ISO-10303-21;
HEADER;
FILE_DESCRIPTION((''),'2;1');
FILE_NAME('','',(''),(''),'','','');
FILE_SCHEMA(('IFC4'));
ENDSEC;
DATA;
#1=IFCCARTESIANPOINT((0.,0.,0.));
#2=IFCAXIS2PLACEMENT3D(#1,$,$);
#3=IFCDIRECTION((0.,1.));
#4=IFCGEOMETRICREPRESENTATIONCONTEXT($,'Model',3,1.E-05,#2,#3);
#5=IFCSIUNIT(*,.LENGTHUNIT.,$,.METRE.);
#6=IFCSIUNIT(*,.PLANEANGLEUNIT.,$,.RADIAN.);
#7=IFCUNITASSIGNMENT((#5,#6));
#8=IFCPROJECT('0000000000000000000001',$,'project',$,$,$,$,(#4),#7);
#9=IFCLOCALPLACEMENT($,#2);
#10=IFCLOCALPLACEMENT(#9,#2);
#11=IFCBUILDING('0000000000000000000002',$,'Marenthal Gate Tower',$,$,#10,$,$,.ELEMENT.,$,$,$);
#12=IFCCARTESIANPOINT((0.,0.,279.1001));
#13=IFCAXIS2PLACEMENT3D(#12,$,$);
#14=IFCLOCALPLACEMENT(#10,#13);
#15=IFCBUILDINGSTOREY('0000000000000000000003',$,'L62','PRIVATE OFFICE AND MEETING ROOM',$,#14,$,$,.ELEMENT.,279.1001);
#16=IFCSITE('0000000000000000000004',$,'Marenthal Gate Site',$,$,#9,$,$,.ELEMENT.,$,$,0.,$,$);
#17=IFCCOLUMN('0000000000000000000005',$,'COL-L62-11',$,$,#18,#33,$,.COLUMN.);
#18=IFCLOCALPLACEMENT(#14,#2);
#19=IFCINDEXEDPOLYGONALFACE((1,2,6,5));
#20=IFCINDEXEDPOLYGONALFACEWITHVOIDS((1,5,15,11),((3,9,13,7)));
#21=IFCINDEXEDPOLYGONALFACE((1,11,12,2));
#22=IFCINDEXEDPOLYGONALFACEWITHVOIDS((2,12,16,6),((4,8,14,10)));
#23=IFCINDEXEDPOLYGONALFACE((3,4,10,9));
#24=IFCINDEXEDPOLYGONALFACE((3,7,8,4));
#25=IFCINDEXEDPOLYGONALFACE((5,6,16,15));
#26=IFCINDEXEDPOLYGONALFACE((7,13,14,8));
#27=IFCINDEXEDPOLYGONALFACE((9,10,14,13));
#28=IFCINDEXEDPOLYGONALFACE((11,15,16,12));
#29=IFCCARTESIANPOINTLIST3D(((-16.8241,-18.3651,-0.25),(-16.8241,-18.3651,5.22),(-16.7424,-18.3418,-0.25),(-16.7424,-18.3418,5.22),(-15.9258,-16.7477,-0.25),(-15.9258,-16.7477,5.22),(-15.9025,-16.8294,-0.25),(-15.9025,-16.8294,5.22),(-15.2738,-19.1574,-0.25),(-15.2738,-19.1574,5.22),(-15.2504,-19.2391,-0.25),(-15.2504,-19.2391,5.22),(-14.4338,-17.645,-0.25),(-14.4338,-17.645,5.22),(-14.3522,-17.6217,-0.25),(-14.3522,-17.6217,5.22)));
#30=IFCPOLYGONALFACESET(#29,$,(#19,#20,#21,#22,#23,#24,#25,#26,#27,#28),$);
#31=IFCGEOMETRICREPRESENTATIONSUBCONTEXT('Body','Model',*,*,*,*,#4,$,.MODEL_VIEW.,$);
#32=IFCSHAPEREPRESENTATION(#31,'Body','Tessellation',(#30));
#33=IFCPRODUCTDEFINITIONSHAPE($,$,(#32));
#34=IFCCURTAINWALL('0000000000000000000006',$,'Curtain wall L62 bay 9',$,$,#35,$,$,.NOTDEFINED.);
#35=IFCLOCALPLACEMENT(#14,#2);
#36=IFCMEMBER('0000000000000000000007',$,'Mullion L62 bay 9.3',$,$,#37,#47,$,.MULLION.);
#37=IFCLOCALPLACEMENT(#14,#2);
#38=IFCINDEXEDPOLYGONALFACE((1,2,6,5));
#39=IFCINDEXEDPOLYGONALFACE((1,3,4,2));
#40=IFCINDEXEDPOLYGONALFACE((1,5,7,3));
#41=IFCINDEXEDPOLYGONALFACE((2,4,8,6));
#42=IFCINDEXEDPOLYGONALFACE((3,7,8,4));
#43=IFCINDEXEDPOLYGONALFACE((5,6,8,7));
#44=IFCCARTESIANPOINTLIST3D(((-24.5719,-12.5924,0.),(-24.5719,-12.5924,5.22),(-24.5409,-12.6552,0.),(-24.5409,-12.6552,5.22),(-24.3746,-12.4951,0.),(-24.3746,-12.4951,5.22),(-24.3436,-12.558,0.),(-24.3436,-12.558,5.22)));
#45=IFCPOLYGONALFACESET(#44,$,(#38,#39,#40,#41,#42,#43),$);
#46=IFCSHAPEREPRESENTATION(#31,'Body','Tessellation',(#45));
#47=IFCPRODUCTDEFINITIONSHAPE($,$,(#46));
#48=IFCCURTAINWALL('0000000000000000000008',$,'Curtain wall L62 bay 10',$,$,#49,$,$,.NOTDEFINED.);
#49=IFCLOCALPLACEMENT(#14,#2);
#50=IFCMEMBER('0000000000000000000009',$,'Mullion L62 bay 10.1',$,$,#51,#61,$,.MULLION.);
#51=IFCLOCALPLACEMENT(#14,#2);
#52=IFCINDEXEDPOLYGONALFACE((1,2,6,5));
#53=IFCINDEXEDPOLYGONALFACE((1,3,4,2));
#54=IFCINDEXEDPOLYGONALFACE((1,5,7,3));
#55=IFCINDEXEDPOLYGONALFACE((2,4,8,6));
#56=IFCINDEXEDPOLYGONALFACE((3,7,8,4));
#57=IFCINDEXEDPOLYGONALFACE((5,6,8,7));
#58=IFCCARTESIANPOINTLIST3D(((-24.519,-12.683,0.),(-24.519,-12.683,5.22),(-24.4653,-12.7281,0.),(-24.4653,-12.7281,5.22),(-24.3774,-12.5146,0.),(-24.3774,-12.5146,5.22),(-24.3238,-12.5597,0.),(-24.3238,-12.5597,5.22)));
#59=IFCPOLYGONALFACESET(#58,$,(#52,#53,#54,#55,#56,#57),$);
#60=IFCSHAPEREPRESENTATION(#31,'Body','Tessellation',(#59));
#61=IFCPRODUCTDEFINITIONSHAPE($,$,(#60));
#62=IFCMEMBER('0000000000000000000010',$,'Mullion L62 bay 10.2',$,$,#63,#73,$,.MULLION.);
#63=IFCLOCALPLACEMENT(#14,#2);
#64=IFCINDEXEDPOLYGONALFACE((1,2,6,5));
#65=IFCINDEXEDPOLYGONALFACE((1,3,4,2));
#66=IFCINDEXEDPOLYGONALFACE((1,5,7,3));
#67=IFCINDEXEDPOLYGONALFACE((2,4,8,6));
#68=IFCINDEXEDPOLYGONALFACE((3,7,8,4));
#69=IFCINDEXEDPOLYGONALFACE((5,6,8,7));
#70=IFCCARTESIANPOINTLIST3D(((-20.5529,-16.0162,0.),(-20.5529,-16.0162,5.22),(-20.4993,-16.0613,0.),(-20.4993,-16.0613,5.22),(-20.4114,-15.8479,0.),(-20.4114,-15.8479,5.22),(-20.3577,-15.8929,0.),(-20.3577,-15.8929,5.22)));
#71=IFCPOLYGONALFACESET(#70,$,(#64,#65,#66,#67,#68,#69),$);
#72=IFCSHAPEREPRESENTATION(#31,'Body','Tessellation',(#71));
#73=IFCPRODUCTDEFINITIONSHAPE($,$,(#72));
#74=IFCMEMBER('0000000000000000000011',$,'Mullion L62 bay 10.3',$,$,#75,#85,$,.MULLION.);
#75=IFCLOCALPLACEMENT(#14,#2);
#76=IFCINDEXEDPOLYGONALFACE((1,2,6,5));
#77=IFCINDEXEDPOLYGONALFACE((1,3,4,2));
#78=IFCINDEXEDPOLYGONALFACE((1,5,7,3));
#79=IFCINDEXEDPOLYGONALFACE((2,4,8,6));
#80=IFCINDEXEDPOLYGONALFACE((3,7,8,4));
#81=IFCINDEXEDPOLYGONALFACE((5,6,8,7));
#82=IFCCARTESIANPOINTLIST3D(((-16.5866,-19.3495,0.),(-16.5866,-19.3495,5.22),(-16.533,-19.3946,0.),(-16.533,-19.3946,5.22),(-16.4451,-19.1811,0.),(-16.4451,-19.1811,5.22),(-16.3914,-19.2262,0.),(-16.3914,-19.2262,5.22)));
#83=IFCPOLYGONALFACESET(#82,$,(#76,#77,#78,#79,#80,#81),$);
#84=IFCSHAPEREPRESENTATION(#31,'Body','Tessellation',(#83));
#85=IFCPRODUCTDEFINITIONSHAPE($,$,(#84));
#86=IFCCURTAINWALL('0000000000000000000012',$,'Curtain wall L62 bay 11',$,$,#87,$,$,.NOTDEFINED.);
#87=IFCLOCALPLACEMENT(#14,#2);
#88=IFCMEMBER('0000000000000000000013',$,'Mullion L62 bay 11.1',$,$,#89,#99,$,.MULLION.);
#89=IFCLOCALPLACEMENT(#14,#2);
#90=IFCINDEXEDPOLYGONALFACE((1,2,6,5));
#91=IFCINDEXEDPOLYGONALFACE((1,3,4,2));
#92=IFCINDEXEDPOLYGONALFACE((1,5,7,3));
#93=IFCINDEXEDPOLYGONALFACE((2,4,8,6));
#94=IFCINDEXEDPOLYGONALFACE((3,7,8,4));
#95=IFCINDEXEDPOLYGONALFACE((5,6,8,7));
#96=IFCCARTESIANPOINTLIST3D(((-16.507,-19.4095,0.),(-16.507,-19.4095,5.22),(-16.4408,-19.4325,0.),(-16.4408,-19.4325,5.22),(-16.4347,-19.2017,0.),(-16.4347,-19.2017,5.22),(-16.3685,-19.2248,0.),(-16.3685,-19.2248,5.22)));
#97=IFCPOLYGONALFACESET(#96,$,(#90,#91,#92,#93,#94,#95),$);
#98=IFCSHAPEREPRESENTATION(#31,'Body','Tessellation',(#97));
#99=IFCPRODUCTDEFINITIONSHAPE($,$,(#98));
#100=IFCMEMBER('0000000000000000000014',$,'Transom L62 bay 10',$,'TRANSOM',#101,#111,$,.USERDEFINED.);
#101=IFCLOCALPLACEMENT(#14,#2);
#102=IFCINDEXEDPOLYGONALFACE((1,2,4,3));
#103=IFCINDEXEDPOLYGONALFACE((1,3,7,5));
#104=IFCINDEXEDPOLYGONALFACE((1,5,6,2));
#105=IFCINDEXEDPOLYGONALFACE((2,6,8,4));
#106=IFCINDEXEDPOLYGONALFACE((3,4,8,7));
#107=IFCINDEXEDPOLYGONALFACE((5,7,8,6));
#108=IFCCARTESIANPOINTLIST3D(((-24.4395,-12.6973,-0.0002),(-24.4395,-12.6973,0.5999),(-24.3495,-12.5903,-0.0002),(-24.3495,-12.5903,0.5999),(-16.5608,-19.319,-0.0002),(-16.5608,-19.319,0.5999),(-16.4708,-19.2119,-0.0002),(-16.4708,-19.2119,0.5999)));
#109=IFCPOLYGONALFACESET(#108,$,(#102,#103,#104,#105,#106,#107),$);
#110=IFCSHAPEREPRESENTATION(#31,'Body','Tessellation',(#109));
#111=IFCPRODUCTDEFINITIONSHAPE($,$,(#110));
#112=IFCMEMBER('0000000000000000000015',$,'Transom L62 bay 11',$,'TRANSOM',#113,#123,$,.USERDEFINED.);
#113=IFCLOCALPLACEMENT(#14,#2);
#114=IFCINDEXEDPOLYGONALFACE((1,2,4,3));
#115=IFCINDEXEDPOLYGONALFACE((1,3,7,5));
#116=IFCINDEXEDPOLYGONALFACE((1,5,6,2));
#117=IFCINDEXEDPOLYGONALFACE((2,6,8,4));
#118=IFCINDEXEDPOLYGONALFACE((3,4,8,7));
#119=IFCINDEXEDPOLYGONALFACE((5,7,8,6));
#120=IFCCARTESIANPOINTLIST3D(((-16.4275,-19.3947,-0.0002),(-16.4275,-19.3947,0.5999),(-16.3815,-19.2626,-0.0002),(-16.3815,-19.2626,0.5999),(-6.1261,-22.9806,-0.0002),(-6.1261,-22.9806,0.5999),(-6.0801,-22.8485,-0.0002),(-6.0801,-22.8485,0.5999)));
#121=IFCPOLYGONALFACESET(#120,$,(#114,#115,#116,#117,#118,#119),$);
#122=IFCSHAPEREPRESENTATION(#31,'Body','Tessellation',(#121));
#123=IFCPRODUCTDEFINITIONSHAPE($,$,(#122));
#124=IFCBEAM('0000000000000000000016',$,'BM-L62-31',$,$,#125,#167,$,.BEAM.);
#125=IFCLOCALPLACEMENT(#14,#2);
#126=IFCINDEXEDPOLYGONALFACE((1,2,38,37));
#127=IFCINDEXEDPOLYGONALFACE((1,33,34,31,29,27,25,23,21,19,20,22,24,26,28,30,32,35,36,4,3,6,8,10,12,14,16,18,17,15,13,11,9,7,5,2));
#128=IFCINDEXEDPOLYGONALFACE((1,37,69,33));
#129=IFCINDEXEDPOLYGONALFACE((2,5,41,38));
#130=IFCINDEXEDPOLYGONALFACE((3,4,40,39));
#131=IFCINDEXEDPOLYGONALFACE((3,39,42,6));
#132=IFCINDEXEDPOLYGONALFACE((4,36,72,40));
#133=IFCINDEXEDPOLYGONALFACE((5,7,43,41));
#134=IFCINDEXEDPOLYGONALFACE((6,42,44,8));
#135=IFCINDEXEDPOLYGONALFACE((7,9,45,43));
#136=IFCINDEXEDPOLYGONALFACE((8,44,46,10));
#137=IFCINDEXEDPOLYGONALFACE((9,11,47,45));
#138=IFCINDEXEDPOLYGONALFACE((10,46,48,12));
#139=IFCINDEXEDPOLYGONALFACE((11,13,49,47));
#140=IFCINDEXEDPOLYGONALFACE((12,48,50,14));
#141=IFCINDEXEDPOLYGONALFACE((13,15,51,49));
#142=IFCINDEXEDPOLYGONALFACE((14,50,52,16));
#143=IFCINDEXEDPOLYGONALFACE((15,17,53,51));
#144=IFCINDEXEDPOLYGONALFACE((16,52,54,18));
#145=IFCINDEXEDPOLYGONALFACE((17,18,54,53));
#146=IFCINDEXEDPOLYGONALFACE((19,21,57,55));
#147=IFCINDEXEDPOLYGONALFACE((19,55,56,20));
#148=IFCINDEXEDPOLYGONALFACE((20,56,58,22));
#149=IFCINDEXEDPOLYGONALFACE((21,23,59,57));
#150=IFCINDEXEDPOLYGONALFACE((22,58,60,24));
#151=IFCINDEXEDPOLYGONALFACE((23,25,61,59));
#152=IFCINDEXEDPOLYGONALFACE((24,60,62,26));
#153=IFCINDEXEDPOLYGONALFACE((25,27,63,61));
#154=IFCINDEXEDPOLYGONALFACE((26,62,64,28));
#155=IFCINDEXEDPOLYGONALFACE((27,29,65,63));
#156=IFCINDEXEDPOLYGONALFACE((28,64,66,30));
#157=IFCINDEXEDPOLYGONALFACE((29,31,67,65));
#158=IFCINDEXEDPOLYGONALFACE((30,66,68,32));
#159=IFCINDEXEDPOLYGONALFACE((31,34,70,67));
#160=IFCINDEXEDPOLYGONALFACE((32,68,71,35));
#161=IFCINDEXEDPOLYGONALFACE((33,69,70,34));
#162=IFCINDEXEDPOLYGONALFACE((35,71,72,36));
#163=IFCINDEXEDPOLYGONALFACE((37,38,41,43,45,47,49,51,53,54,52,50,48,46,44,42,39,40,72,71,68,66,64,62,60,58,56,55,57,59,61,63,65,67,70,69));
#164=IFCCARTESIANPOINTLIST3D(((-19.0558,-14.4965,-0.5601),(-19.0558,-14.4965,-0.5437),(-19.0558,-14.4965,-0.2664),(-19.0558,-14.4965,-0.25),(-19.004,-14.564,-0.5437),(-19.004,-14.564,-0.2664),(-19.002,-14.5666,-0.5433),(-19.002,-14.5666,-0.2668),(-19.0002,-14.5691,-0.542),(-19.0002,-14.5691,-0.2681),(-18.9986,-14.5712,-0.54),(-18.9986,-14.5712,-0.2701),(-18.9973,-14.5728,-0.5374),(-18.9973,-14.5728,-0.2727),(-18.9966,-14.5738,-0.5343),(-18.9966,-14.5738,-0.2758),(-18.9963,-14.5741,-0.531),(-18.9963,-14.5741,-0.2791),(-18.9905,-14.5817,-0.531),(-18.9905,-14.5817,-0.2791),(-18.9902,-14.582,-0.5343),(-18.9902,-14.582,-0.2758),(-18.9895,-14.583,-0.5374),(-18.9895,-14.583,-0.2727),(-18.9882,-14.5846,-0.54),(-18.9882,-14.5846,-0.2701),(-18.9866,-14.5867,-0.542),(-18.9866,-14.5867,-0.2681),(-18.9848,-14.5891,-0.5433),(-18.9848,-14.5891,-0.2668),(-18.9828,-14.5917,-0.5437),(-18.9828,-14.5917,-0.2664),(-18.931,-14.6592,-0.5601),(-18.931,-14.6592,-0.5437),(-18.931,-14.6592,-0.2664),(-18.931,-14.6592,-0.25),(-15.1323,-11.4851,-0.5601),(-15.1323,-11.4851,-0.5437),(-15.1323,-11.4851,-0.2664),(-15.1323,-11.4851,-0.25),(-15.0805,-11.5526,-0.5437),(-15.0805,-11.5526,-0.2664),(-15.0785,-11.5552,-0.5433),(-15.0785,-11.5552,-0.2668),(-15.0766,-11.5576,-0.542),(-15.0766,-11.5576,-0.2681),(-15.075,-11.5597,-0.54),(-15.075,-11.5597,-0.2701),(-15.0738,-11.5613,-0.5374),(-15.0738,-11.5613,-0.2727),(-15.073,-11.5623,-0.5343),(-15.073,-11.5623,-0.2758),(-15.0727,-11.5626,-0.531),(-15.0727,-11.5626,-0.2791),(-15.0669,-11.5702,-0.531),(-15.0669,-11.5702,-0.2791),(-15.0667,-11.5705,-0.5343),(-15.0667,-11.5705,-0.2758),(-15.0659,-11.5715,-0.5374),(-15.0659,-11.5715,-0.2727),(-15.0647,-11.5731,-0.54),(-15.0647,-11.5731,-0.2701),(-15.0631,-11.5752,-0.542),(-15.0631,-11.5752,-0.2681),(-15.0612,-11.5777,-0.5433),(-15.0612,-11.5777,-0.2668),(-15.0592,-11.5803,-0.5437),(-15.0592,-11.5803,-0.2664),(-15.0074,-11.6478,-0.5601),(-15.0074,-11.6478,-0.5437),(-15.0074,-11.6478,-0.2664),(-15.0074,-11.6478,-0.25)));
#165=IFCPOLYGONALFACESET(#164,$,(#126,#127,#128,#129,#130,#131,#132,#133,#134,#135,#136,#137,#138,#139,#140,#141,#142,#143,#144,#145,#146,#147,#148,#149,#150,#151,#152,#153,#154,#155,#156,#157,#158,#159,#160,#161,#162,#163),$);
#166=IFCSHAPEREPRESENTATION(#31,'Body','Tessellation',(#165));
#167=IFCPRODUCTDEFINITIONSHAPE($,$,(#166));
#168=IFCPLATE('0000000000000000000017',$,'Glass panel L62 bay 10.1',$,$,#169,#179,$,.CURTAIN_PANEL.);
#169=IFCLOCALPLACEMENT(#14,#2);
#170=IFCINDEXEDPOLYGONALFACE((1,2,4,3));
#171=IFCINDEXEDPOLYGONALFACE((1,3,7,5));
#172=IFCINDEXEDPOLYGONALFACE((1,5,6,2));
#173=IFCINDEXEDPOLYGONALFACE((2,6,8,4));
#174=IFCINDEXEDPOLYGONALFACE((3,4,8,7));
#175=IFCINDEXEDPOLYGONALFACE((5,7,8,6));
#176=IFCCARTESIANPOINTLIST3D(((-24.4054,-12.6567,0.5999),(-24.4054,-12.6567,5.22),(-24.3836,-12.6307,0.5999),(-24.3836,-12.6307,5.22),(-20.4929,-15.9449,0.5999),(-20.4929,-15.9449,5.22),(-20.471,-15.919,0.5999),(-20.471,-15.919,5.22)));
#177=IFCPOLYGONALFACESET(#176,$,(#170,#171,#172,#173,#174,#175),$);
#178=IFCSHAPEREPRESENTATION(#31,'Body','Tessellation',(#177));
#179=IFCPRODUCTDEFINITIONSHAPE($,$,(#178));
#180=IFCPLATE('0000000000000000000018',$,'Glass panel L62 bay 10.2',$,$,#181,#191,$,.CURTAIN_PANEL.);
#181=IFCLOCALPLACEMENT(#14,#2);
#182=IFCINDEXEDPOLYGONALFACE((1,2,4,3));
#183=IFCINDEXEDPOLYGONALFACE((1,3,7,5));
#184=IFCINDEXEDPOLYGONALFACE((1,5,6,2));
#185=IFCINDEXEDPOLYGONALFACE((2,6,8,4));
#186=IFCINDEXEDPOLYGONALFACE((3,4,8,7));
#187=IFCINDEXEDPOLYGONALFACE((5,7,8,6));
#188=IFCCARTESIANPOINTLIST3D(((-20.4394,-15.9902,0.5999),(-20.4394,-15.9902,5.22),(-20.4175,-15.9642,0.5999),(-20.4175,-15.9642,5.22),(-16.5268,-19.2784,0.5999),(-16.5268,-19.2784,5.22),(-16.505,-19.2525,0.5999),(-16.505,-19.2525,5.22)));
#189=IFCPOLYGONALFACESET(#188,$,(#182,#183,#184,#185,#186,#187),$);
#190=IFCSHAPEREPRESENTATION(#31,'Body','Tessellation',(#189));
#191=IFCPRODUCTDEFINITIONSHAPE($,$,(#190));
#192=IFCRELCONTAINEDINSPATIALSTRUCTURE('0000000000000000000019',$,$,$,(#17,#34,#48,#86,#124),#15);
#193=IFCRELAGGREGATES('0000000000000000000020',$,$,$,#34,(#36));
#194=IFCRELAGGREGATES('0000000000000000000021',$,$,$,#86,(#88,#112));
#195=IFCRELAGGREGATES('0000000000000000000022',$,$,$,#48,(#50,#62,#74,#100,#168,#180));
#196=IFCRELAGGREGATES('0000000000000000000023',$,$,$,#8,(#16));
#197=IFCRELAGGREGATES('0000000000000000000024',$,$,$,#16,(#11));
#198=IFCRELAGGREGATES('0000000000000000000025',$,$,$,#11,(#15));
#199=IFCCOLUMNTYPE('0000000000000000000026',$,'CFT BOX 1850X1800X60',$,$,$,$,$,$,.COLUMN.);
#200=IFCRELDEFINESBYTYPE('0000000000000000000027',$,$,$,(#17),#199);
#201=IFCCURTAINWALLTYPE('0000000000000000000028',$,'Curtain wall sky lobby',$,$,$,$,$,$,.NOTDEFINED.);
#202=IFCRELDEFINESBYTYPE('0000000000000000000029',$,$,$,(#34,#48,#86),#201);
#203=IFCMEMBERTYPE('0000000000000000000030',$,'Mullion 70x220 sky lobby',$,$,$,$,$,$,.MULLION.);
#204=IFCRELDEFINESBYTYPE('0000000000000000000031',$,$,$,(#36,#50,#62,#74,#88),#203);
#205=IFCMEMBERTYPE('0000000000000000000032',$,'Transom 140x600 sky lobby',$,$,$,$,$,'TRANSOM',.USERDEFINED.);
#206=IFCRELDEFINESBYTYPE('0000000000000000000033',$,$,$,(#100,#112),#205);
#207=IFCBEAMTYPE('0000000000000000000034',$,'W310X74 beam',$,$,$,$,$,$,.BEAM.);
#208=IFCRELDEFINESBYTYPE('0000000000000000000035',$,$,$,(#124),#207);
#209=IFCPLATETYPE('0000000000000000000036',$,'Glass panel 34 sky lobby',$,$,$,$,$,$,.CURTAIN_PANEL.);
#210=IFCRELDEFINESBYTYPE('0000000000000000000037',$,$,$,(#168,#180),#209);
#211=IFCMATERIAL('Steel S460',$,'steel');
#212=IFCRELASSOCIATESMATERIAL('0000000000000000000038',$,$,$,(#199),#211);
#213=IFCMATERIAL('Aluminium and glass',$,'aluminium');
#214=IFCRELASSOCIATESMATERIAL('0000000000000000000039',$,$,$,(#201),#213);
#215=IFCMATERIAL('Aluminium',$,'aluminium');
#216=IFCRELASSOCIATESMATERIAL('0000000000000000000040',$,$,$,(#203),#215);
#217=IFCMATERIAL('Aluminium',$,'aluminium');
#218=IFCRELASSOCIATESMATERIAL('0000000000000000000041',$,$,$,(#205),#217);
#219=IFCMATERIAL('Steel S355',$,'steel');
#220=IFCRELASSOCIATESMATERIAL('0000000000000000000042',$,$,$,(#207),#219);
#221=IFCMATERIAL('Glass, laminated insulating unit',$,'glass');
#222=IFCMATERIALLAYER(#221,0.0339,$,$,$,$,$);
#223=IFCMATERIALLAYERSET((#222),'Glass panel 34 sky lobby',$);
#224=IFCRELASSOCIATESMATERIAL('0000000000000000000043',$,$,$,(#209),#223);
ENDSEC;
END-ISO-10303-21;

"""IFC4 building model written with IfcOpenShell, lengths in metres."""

from ifc_helpers import new_model, si_unit, direction, frame, origin, origin_2d, place, context, subcontext, project, spatial, rectangle, hollow_rectangle, i_section, extrude, material, layer, layer_set, material_profile, profile_set, type_object, element, aggregate, save


model = new_model("IFC4")

# Units and contexts
model_context = context("Model", 3, precision=1e-05, world=origin(), true_north=direction((0.0, 1.0)))
body_context = subcontext(model_context, "Body", "Model", "MODEL_VIEW")
ifc_project = project(units=[si_unit("LENGTHUNIT", "METRE"), si_unit("PLANEANGLEUNIT", "RADIAN")], contexts=[model_context])

# Site, building, storey
site_placement = place(None, origin())
site = spatial("IfcSite", under=ifc_project, at=site_placement, Name="Marenthal Gate Site", CompositionType="ELEMENT", RefElevation=0.0)
building_placement = place(site_placement, origin())
building = spatial("IfcBuilding", under=site, at=building_placement, Name="Marenthal Gate Tower", CompositionType="ELEMENT")
storey_placement = place(building_placement, frame((0.0, 0.0, 279.1001)))
storey = spatial("IfcBuildingStorey", under=building, at=storey_placement, Name="L62", Description="PRIVATE OFFICE AND MEETING ROOM", CompositionType="ELEMENT", Elevation=279.1001)

# Column
ifc_material_1 = material(Name="Steel S460", Category="steel")
ifc_material_profile_1 = material_profile(ifc_material_1, hollow_rectangle(XDim=1.8, YDim=1.8501, WallThickness=0.0601, at=origin_2d()), Name="CFT BOX 1850X1800X60")
ifc_material_2 = material(Name="Concrete 70 MPa", Category="concrete")
ifc_material_profile_2 = material_profile(ifc_material_2, rectangle(XDim=1.6799, YDim=1.73, at=origin_2d()), Name="CFT BOX 1850X1800X60 INFILL")
ifc_profile_set_1 = profile_set([ifc_material_profile_1, ifc_material_profile_2], Name="Steel S460 shell, Concrete 70 MPa infill")
column_type = type_object("IfcColumnType", Name="CFT BOX 1850X1800X60", PredefinedType="COLUMN", material=ifc_profile_set_1)
column_placement = place(storey_placement, frame((-15.5881, -17.9934, -0.25), z_axis=(0.0, 0.0, 1.0), x_axis=(-0.874222, 0.485527, 0.0)))
element("IfcColumn", 1, at=column_placement, inside=storey, type_object=column_type, Name="COL-L62-11", PredefinedType="COLUMN", context=body_context, shape_type="SweptSolid", body=[
    extrude(hollow_rectangle(XDim=1.8, YDim=1.8501, WallThickness=0.0601, at=origin_2d()), origin(), (0.0, 0.0, 1.0), 5.47),
])

# Curtain wall, member
ifc_material_3 = material(Name="Aluminium and glass", Category="aluminium")
curtain_wall_type = type_object("IfcCurtainWallType", Name="Curtain wall sky lobby", PredefinedType="NOTDEFINED", material=ifc_material_3)
curtain_wall_1_placement = place(storey_placement, origin())
curtain_wall_1 = element("IfcCurtainWall", 2, at=curtain_wall_1_placement, inside=storey, type_object=curtain_wall_type, Name="Curtain wall L62 bay 9", PredefinedType="NOTDEFINED")
ifc_material_4 = material(Name="Aluminium", Category="aluminium")
ifc_material_profile_3 = material_profile(ifc_material_4, rectangle(XDim=0.22, YDim=0.0701, at=origin_2d()), Name="70x220 aluminium mullion")
ifc_profile_set_2 = profile_set([ifc_material_profile_3], Name="Aluminium")
member_type_1 = type_object("IfcMemberType", Name="Mullion 70x220 sky lobby", PredefinedType="MULLION", material=ifc_profile_set_2)
member_1_placement = place(storey_placement, frame((-24.4578, -12.5752, 0.0), z_axis=(0.0, 0.0, 1.0), x_axis=(0.89697, 0.442091, 0.0)))
member_1 = element("IfcMember", 3, at=member_1_placement, type_object=member_type_1, Name="Mullion L62 bay 9.3", PredefinedType="MULLION", context=body_context, shape_type="SweptSolid", body=[
    extrude(rectangle(XDim=0.22, YDim=0.0701, at=origin_2d()), origin(), (0.0, 0.0, 1.0), 5.22),
])
aggregate(curtain_wall_1, [member_1])

# Curtain wall, members
curtain_wall_2_placement = place(storey_placement, origin())
curtain_wall_2 = element("IfcCurtainWall", 4, at=curtain_wall_2_placement, inside=storey, type_object=curtain_wall_type, Name="Curtain wall L62 bay 10", PredefinedType="NOTDEFINED")
member_2_placement = place(storey_placement, frame((-24.4214, -12.6213, 0.0), z_axis=(0.0, 0.0, 1.0), x_axis=(0.64338, 0.765547, 0.0)))
member_2 = element("IfcMember", 5, at=member_2_placement, type_object=member_type_1, Name="Mullion L62 bay 10.1", PredefinedType="MULLION", context=body_context, shape_type="SweptSolid", body=[
    extrude(rectangle(XDim=0.22, YDim=0.0701, at=origin_2d()), origin(), (0.0, 0.0, 1.0), 5.22),
])
member_3_placement = place(storey_placement, frame((-20.4553, -15.9546, 0.0), z_axis=(0.0, 0.0, 1.0), x_axis=(0.64338, 0.765547, 0.0)))
member_3 = element("IfcMember", 6, at=member_3_placement, type_object=member_type_1, Name="Mullion L62 bay 10.2", PredefinedType="MULLION", context=body_context, shape_type="SweptSolid", body=[
    extrude(rectangle(XDim=0.22, YDim=0.0701, at=origin_2d()), origin(), (0.0, 0.0, 1.0), 5.22),
])
member_4_placement = place(storey_placement, frame((-16.489, -19.2878, 0.0), z_axis=(0.0, 0.0, 1.0), x_axis=(0.64338, 0.765547, 0.0)))
member_4 = element("IfcMember", 7, at=member_4_placement, type_object=member_type_1, Name="Mullion L62 bay 10.3", PredefinedType="MULLION", context=body_context, shape_type="SweptSolid", body=[
    extrude(rectangle(XDim=0.22, YDim=0.0701, at=origin_2d()), origin(), (0.0, 0.0, 1.0), 5.22),
])

# Curtain wall, member
curtain_wall_3_placement = place(storey_placement, origin())
curtain_wall_3 = element("IfcCurtainWall", 8, at=curtain_wall_3_placement, inside=storey, type_object=curtain_wall_type, Name="Curtain wall L62 bay 11", PredefinedType="NOTDEFINED")
member_5_placement = place(storey_placement, frame((-16.4377, -19.3171, 0.0), z_axis=(0.0, 0.0, 1.0), x_axis=(0.328757, 0.944415, 0.0)))
member_5 = element("IfcMember", 9, at=member_5_placement, type_object=member_type_1, Name="Mullion L62 bay 11.1", PredefinedType="MULLION", context=body_context, shape_type="SweptSolid", body=[
    extrude(rectangle(XDim=0.22, YDim=0.0701, at=origin_2d()), origin(), (0.0, 0.0, 1.0), 5.22),
])

# Members
ifc_material_5 = material(Name="Aluminium", Category="aluminium")
ifc_material_profile_4 = material_profile(ifc_material_5, rectangle(XDim=0.1399, YDim=0.6001, at=origin_2d()), Name="140x600 aluminium transom")
ifc_profile_set_3 = profile_set([ifc_material_profile_4], Name="Aluminium")
member_type_2 = type_object("IfcMemberType", Name="Transom 140x600 sky lobby", ElementType="TRANSOM", PredefinedType="USERDEFINED", material=ifc_profile_set_3)
member_6_placement = place(storey_placement, frame((-24.3945, -12.6438, 0.2998), z_axis=(0.765537, -0.643392, 0.0), x_axis=(0.643392, 0.765537, 0.0)))
member_6 = element("IfcMember", 10, at=member_6_placement, type_object=member_type_2, Name="Transom L62 bay 10", ObjectType="TRANSOM", PredefinedType="USERDEFINED", context=body_context, shape_type="SweptSolid", body=[
    extrude(rectangle(XDim=0.1399, YDim=0.6001, at=origin_2d()), origin(), (0.0, 0.0, 1.0), 10.2917),
])
member_7_placement = place(storey_placement, frame((-16.4045, -19.3286, 0.2998), z_axis=(0.944417, -0.32875, 0.0), x_axis=(0.32875, 0.944417, 0.0)))
member_7 = element("IfcMember", 11, at=member_7_placement, type_object=member_type_2, Name="Transom L62 bay 11", ObjectType="TRANSOM", PredefinedType="USERDEFINED", context=body_context, shape_type="SweptSolid", body=[
    extrude(rectangle(XDim=0.1399, YDim=0.6001, at=origin_2d()), origin(), (0.0, 0.0, 1.0), 10.9077),
])
aggregate(curtain_wall_3, [member_5, member_7])

# Beam
ifc_material_6 = material(Name="Steel S355", Category="steel")
ifc_material_profile_5 = material_profile(ifc_material_6, i_section(OverallWidth=0.2051, OverallDepth=0.3101, WebThickness=0.0095, FlangeThickness=0.0164, FilletRadius=0.0127, at=origin_2d()), Name="W310X74")
ifc_profile_set_4 = profile_set([ifc_material_profile_5], Name="Steel S355")
beam_type = type_object("IfcBeamType", Name="W310X74 beam", PredefinedType="BEAM", material=ifc_profile_set_4)
beam_placement = place(storey_placement, frame((-18.9934, -14.5779, -0.405), z_axis=(0.793275, 0.608864, 0.0), x_axis=(-0.608864, 0.793275, 0.0)))
element("IfcBeam", 12, at=beam_placement, inside=storey, type_object=beam_type, Name="BM-L62-31", PredefinedType="BEAM", context=body_context, shape_type="SweptSolid", body=[
    extrude(i_section(OverallWidth=0.2051, OverallDepth=0.3101, WebThickness=0.0095, FlangeThickness=0.0164, FilletRadius=0.0127, at=origin_2d()), origin(), (0.0, 0.0, 1.0), 4.946),
])

# Plates
ifc_material_7 = material(Name="Glass, laminated insulating unit", Category="glass")
ifc_layer_1 = layer(ifc_material_7, 0.0339)
ifc_layer_set_1 = layer_set([ifc_layer_1], Name="Glass panel 34 sky lobby")
plate_type = type_object("IfcPlateType", Name="Glass panel 34 sky lobby", PredefinedType="CURTAIN_PANEL", material=ifc_layer_set_1)
plate_1_placement = place(storey_placement, frame((-22.4382, -14.2878, 0.5999), z_axis=(0.0, 0.0, 1.0), x_axis=(0.765547, -0.64338, 0.0)))
plate_1 = element("IfcPlate", 13, at=plate_1_placement, type_object=plate_type, Name="Glass panel L62 bay 10.1", PredefinedType="CURTAIN_PANEL", context=body_context, shape_type="SweptSolid", body=[
    extrude(rectangle(XDim=5.1108, YDim=0.0339, at=origin_2d()), origin(), (0.0, 0.0, 1.0), 4.6201),
])
plate_2_placement = place(storey_placement, frame((-18.4722, -17.6213, 0.5999), z_axis=(0.0, 0.0, 1.0), x_axis=(0.765547, -0.64338, 0.0)))
plate_2 = element("IfcPlate", 14, at=plate_2_placement, type_object=plate_type, Name="Glass panel L62 bay 10.2", PredefinedType="CURTAIN_PANEL", context=body_context, shape_type="SweptSolid", body=[
    extrude(rectangle(XDim=5.1108, YDim=0.0339, at=origin_2d()), origin(), (0.0, 0.0, 1.0), 4.6201),
])
aggregate(curtain_wall_2, [member_2, member_3, member_4, member_6, plate_1, plate_2])

save(model, "model.ifc")
